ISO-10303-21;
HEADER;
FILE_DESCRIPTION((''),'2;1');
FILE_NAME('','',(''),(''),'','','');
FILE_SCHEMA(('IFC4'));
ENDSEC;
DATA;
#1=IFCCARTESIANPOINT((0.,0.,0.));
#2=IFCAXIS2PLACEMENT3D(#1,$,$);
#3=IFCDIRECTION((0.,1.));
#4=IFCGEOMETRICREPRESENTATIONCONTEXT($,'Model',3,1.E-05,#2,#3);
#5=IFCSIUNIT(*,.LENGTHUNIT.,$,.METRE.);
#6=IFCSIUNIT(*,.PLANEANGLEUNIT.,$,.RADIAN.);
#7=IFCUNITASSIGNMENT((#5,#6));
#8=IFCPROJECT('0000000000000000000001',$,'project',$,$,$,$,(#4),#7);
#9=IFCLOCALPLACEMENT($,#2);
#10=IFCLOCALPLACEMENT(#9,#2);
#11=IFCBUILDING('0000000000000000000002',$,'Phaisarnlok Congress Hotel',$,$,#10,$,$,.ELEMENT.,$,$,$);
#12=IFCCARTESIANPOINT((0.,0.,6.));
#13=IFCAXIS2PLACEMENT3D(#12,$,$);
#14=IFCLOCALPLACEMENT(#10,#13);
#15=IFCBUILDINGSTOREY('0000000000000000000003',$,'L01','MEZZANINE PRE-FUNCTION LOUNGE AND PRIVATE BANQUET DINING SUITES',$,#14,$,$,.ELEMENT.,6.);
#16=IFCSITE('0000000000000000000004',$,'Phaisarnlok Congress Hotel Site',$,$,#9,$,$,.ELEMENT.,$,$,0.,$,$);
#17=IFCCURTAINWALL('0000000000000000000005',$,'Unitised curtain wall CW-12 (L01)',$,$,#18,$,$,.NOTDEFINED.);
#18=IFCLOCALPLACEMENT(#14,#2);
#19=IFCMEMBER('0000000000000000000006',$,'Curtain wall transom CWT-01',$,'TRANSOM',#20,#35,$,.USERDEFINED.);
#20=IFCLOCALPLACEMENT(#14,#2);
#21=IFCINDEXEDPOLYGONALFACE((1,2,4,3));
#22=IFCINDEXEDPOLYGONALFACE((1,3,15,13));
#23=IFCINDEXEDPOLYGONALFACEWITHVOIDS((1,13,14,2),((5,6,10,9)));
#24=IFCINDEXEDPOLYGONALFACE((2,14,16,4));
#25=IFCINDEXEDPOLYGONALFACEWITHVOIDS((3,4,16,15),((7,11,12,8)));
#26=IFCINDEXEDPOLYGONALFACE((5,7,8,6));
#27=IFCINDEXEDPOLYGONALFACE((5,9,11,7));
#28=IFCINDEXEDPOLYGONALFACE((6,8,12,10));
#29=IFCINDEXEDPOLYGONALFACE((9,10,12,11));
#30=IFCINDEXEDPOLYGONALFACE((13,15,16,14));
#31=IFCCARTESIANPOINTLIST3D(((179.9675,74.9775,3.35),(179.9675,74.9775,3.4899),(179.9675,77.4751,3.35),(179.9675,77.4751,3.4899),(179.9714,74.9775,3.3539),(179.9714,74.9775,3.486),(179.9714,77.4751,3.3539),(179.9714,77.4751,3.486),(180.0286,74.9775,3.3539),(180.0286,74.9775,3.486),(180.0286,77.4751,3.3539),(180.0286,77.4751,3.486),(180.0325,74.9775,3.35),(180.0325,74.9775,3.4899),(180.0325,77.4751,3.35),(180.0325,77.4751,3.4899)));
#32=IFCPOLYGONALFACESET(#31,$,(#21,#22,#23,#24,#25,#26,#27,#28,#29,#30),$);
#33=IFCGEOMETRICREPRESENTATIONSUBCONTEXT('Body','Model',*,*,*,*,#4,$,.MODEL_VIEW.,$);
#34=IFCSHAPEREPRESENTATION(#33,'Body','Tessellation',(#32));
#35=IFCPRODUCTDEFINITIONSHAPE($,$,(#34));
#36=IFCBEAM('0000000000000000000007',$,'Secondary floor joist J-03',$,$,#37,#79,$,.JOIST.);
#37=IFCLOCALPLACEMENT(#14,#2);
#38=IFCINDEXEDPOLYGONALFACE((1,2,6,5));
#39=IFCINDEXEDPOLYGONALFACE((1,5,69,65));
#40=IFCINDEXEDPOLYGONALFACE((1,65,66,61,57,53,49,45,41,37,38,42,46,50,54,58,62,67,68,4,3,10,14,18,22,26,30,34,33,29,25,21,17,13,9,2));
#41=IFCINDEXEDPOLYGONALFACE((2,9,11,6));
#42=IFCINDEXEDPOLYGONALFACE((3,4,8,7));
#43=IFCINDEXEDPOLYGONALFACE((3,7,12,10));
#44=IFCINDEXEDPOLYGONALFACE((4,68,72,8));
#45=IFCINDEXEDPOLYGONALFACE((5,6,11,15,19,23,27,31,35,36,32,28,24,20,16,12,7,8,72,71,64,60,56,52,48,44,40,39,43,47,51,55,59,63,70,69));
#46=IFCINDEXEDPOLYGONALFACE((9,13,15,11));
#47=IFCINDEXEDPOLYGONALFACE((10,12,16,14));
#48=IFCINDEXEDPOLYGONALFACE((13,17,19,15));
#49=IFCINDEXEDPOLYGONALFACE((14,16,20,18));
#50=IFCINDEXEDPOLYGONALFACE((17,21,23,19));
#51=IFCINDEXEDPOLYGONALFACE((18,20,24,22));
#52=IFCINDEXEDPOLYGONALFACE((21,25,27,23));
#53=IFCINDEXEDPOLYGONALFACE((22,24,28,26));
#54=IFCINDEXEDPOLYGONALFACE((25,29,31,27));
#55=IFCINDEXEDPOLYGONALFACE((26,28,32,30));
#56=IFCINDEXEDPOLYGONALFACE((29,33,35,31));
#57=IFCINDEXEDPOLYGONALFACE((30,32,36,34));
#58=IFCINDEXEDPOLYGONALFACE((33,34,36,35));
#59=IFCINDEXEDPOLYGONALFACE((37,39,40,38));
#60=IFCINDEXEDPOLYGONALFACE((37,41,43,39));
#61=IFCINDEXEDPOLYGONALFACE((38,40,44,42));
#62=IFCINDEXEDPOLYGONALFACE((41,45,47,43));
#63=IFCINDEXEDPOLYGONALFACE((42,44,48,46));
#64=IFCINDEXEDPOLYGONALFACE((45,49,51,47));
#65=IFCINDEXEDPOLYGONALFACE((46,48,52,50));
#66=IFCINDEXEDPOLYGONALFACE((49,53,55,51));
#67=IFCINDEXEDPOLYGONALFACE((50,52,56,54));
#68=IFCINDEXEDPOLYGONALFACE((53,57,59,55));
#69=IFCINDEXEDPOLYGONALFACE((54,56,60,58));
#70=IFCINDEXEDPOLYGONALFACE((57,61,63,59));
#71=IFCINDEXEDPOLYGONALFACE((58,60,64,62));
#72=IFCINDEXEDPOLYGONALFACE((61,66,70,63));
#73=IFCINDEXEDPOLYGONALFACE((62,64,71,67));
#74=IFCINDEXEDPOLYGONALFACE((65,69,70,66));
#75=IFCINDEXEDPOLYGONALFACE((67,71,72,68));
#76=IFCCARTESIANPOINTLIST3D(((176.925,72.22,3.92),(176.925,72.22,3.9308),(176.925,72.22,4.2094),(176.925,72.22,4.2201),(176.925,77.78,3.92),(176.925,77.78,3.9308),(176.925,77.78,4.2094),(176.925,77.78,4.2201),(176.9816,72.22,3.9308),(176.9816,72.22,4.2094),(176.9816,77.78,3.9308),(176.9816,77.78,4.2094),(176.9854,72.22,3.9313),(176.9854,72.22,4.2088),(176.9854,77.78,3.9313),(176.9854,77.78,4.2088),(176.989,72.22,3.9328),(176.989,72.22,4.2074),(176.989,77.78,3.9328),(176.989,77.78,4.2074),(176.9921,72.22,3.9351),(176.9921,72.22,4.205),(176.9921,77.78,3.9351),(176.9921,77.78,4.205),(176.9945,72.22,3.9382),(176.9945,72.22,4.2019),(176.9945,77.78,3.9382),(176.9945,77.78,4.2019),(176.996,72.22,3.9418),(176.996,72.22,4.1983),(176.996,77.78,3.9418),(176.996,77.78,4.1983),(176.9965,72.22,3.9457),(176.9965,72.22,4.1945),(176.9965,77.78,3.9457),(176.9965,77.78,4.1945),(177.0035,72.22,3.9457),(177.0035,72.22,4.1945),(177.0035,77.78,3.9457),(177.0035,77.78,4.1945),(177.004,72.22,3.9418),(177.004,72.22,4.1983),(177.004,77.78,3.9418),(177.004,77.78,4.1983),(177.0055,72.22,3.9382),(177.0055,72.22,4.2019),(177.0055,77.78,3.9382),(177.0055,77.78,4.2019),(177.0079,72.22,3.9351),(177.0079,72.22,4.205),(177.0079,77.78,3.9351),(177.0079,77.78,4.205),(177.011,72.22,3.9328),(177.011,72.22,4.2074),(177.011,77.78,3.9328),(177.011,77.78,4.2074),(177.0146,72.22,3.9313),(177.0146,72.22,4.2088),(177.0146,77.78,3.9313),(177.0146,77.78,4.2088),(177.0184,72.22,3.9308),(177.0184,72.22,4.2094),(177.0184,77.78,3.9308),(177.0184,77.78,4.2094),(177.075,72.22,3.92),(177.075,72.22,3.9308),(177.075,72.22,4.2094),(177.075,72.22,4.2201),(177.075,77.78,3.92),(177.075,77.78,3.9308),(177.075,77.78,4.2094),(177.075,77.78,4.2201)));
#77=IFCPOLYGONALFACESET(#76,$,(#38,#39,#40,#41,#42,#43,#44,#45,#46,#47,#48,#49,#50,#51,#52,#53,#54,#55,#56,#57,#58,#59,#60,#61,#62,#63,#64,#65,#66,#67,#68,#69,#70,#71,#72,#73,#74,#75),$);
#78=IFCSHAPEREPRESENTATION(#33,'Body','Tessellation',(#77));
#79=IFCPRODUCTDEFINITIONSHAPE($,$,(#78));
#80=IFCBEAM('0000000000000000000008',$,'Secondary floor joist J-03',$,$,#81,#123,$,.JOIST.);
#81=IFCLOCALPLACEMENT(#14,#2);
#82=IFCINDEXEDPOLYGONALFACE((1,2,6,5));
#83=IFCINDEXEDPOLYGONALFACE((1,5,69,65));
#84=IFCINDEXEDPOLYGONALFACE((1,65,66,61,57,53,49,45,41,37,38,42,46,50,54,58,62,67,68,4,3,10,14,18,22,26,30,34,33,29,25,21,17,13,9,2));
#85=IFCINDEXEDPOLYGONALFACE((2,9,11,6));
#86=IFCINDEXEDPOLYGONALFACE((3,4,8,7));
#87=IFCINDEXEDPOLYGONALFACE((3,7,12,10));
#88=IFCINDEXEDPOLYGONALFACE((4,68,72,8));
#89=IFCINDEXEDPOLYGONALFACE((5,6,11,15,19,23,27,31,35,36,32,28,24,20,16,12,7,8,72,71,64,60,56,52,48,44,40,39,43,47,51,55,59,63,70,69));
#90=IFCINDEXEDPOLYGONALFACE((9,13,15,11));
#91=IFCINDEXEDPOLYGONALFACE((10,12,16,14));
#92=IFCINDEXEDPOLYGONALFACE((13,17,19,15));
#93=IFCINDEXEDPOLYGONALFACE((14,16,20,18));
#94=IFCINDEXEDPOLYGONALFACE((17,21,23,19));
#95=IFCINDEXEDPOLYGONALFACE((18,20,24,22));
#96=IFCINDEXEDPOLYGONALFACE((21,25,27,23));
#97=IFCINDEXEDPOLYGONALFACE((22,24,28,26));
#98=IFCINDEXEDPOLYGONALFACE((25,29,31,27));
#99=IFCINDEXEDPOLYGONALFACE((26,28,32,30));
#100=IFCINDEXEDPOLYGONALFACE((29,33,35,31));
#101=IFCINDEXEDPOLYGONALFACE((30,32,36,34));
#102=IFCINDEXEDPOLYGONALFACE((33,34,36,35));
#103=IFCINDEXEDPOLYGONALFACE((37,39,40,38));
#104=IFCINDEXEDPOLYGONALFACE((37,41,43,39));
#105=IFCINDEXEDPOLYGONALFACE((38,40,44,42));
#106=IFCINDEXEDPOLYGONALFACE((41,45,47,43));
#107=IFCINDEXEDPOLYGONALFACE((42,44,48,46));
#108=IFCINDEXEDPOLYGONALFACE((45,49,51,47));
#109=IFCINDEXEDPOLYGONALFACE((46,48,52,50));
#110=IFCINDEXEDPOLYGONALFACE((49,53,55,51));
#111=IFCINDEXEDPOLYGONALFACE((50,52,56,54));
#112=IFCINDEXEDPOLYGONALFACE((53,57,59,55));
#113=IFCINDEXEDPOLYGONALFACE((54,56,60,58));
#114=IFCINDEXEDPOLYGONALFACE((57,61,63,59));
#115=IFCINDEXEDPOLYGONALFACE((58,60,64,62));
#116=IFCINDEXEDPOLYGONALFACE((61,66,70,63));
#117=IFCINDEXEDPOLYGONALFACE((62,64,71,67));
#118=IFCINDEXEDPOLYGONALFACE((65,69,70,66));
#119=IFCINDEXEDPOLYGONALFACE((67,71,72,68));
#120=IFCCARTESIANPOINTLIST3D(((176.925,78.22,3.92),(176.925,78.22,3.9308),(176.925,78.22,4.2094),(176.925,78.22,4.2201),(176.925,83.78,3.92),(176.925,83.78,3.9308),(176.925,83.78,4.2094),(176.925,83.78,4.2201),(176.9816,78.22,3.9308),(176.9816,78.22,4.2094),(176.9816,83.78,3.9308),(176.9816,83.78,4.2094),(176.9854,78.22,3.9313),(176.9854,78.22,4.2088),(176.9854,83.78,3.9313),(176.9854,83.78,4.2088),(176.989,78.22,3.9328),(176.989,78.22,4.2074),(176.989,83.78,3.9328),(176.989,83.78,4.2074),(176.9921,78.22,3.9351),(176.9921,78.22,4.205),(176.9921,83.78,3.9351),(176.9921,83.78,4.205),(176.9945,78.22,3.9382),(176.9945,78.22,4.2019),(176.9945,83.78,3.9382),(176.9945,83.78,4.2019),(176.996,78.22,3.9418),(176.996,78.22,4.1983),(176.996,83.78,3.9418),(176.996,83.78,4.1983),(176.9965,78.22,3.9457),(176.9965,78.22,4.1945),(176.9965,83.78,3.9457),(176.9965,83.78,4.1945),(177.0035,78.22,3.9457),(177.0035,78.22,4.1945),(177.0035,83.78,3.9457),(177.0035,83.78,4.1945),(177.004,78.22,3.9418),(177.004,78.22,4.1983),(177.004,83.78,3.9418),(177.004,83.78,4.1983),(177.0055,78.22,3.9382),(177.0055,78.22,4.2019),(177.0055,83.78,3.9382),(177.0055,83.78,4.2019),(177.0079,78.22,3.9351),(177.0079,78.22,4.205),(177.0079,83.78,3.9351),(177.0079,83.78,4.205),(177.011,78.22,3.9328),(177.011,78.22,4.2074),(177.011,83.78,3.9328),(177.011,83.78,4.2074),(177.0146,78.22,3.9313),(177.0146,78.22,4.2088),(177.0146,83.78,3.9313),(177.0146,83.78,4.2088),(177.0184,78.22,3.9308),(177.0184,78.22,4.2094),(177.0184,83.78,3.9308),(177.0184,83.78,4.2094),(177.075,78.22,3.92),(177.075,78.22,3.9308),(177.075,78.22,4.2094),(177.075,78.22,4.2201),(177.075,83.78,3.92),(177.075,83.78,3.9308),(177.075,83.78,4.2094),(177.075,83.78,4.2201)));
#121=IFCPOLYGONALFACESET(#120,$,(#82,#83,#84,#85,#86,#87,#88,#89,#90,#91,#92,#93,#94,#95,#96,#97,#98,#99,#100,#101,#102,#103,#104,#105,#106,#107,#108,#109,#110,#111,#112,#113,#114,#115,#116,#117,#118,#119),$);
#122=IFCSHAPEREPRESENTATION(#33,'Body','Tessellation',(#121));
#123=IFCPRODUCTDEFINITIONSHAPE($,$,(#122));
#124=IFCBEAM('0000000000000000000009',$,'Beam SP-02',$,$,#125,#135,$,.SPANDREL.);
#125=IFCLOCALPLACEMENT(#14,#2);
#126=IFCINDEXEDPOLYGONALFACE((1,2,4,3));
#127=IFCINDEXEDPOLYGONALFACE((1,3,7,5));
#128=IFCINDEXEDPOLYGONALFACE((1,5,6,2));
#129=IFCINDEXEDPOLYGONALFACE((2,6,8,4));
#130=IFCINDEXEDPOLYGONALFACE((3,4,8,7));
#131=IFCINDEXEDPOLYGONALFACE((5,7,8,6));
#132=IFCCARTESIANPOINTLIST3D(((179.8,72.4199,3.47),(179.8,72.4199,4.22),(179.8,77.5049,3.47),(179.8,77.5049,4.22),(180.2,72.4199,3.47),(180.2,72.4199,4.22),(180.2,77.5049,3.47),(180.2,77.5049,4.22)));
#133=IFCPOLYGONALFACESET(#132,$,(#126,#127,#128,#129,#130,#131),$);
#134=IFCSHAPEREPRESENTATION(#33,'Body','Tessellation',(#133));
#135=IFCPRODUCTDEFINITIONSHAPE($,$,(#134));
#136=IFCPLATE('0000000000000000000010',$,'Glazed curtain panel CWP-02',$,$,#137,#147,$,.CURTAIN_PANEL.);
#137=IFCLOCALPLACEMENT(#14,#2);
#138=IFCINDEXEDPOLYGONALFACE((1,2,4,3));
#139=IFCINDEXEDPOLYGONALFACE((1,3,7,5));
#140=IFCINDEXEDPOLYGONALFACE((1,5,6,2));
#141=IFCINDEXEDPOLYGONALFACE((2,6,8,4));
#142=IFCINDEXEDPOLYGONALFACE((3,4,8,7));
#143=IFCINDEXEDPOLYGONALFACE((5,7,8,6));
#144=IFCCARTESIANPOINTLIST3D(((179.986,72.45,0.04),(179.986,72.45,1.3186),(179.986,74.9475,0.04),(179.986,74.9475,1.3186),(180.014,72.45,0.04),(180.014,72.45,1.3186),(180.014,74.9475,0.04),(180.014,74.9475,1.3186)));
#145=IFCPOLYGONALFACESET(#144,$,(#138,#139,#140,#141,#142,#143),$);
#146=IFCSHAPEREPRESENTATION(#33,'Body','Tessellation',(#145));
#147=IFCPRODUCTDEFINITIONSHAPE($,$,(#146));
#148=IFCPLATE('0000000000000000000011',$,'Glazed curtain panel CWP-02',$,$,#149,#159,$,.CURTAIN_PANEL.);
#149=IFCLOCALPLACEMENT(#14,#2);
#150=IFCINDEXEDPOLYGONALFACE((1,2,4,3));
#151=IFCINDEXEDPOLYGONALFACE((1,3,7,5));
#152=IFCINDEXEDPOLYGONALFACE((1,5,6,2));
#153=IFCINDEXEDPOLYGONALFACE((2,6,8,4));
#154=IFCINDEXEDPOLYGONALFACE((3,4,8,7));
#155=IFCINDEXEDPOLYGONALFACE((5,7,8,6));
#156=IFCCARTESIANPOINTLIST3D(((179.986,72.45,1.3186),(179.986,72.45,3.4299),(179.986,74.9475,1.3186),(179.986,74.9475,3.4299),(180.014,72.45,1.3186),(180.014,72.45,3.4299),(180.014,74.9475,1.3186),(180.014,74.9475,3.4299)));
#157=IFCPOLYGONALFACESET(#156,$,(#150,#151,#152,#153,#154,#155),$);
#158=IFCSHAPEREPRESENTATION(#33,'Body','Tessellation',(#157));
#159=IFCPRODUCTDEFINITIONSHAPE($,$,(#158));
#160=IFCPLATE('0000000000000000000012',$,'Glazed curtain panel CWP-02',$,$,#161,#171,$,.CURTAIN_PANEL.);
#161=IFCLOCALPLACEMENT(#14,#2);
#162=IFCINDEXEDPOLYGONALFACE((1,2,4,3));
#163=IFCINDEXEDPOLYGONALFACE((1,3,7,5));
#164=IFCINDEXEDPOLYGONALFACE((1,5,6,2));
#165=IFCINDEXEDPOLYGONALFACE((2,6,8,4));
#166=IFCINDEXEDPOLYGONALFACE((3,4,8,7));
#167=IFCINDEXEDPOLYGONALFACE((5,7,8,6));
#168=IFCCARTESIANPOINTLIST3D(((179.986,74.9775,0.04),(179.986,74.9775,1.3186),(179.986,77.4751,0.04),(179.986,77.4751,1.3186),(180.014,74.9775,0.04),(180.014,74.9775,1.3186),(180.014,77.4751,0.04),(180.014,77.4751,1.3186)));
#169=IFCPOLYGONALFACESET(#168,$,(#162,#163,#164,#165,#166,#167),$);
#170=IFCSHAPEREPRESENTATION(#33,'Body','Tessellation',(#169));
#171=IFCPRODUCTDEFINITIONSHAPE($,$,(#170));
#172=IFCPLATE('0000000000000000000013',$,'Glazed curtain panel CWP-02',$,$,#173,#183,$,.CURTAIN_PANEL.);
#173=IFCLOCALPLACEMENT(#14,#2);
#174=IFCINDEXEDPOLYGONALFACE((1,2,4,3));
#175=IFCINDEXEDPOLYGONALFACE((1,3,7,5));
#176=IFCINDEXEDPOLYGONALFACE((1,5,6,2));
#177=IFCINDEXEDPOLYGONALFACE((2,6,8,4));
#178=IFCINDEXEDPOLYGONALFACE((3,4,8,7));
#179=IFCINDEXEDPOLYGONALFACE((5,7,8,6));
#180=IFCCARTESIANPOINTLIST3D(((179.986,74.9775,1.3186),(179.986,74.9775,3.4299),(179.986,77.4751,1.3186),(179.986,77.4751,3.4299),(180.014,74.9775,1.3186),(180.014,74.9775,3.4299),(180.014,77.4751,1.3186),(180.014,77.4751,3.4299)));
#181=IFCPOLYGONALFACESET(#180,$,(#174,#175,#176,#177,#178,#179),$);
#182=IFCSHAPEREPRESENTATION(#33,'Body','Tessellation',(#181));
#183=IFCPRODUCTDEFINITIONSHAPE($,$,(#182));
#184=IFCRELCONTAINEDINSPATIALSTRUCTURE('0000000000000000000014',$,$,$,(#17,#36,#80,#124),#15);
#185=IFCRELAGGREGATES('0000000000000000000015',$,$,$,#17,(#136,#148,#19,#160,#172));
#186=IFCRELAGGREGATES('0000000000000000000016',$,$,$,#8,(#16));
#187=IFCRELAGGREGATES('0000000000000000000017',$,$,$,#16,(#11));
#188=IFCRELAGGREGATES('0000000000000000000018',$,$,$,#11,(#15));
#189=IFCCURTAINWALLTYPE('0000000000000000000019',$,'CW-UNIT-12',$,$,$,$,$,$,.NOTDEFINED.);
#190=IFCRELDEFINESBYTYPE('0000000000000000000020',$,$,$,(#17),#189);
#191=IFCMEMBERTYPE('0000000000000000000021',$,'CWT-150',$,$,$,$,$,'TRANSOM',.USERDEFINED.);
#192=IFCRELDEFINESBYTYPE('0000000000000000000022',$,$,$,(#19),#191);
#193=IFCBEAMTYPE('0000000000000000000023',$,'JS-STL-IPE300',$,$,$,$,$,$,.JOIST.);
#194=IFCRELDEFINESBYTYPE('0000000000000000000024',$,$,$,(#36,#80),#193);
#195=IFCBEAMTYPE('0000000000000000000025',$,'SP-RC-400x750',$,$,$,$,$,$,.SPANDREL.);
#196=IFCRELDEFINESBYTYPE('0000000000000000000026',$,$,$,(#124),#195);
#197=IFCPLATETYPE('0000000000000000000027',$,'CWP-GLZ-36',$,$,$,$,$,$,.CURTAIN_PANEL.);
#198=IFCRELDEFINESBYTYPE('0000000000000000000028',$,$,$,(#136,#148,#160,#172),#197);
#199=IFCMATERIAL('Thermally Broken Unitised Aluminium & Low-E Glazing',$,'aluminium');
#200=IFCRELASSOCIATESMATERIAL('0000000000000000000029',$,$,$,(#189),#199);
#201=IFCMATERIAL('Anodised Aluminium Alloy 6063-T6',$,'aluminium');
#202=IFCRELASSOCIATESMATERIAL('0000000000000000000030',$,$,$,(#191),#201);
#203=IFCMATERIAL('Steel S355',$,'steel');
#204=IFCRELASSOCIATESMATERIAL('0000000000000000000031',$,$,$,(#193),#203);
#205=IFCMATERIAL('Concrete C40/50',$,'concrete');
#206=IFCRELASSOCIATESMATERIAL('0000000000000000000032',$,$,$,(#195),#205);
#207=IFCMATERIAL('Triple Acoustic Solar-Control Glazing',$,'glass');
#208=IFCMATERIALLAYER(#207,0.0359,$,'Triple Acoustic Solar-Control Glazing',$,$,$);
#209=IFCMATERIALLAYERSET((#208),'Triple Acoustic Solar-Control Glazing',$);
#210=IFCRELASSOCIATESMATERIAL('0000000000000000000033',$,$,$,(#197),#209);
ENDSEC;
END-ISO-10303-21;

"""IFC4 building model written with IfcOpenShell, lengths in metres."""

from ifc_helpers import new_model, si_unit, direction, frame, frame_2d, origin, origin_2d, place, context, subcontext, project, spatial, rectangle, hollow_rectangle, i_section, extrude, material, layer, layer_set, material_profile, profile_set, type_object, element, aggregate, save


model = new_model("IFC4")

# Units and contexts
model_context = context("Model", 3, precision=1e-05, world=origin(), true_north=direction((0.0, 1.0)))
body_context = subcontext(model_context, "Body", "Model", "MODEL_VIEW")
ifc_project = project(units=[si_unit("LENGTHUNIT", "METRE"), si_unit("PLANEANGLEUNIT", "RADIAN")], contexts=[model_context])

# Site, building, storey
site_placement = place(None, origin())
site = spatial("IfcSite", under=ifc_project, at=site_placement, Name="Phaisarnlok Congress Hotel Site", CompositionType="ELEMENT", RefElevation=0.0)
building_placement = place(site_placement, origin())
building = spatial("IfcBuilding", under=site, at=building_placement, Name="Phaisarnlok Congress Hotel", CompositionType="ELEMENT")
storey_placement = place(building_placement, frame((0.0, 0.0, 6.0)))
storey = spatial("IfcBuildingStorey", under=building, at=storey_placement, Name="L01", Description="MEZZANINE PRE-FUNCTION LOUNGE AND PRIVATE BANQUET DINING SUITES", CompositionType="ELEMENT", Elevation=6.0)

# Shared definitions
ifc_material_1 = material(Name="Concrete C40/50", Category="concrete")
ifc_material_2 = material(Name="Steel S355", Category="steel")

# Curtain wall, member
ifc_material_3 = material(Name="Thermally Broken Unitised Aluminium & Low-E Glazing", Category="aluminium")
curtain_wall_type = type_object("IfcCurtainWallType", Name="CW-UNIT-12", PredefinedType="NOTDEFINED", material=ifc_material_3)
curtain_wall_placement = place(storey_placement, origin())
curtain_wall = element("IfcCurtainWall", 1, at=curtain_wall_placement, inside=storey, type_object=curtain_wall_type, Name="Unitised curtain wall CW-12 (L01)", PredefinedType="NOTDEFINED")
ifc_material_4 = material(Name="Anodised Aluminium Alloy 6063-T6", Category="aluminium")
ifc_material_profile_1 = material_profile(ifc_material_4, hollow_rectangle(XDim=0.0649, YDim=0.1399, WallThickness=0.0039, at=origin_2d()), Name="ALU-T 65x140x4")
ifc_profile_set_1 = profile_set([ifc_material_profile_1], Name="Anodised Aluminium Alloy 6063-T6")
member_type_1 = type_object("IfcMemberType", Name="CWT-150", ElementType="TRANSOM", PredefinedType="USERDEFINED", material=ifc_profile_set_1)
member_1_placement = place(storey_placement, frame((180.0, 74.9775, 3.4199), z_axis=(0.0, 1.0, 0.0), x_axis=(-1.0, 0.0, 0.0)))
member_1 = element("IfcMember", 2, at=member_1_placement, type_object=member_type_1, Name="Curtain wall transom CWT-01", ObjectType="TRANSOM", PredefinedType="USERDEFINED", context=body_context, shape_type="SweptSolid", body=[
    extrude(hollow_rectangle(XDim=0.0649, YDim=0.1399, WallThickness=0.0039, at=origin_2d()), origin(), (0.0, 0.0, 1.0), 2.4976),
])

# Beams
ifc_material_profile_2 = material_profile(ifc_material_2, i_section(OverallWidth=0.1499, OverallDepth=0.3, WebThickness=0.0071, FlangeThickness=0.0107, FilletRadius=0.0149, at=origin_2d()), Name="IPE 300")
ifc_profile_set_2 = profile_set([ifc_material_profile_2], Name="Steel S355")
beam_type_1 = type_object("IfcBeamType", Name="JS-STL-IPE300", PredefinedType="JOIST", material=ifc_profile_set_2)
for number, where, z_axis, x_axis, name in (
    (3, (177.0, 72.22, 4.0701), (0.0, 1.0, 0.0), (-1.0, 0.0, 0.0), "Secondary floor joist J-03"),
    (4, (177.0, 78.22, 4.0701), (0.0, 1.0, 0.0), (-1.0, 0.0, 0.0), "Secondary floor joist J-03"),
):
    element("IfcBeam", number, at=place(storey_placement, frame(where, z_axis=z_axis, x_axis=x_axis)), inside=storey, type_object=beam_type_1, Name=name, PredefinedType="JOIST", context=body_context, shape_type="SweptSolid", body=[
        extrude(i_section(OverallWidth=0.1499, OverallDepth=0.3, WebThickness=0.0071, FlangeThickness=0.0107, FilletRadius=0.0149, at=origin_2d()), origin(), (0.0, 0.0, 1.0), 5.5601),
    ])
ifc_material_profile_3 = material_profile(ifc_material_1, rectangle(XDim=0.3999, YDim=0.75, at=origin_2d()), Name="RC 400x750")
ifc_profile_set_3 = profile_set([ifc_material_profile_3], Name="Concrete C40/50")
beam_type_2 = type_object("IfcBeamType", Name="SP-RC-400x750", PredefinedType="SPANDREL", material=ifc_profile_set_3)
beam_1_placement = place(storey_placement, frame((180.0, 72.4199, 3.845), z_axis=(0.0, 1.0, 0.0), x_axis=(-1.0, 0.0, 0.0)))
element("IfcBeam", 5, at=beam_1_placement, inside=storey, type_object=beam_type_2, Name="Beam SP-02", PredefinedType="SPANDREL", context=body_context, shape_type="SweptSolid", body=[
    extrude(rectangle(XDim=0.3999, YDim=0.75, at=origin_2d()), origin(), (0.0, 0.0, 1.0), 5.085),
])

# Plates
ifc_material_5 = material(Name="Triple Acoustic Solar-Control Glazing", Category="glass")
ifc_layer_1 = layer(ifc_material_5, 0.0359, Name="Triple Acoustic Solar-Control Glazing")
ifc_layer_set_1 = layer_set([ifc_layer_1], Name="Triple Acoustic Solar-Control Glazing")
plate_type = type_object("IfcPlateType", Name="CWP-GLZ-36", PredefinedType="CURTAIN_PANEL", material=ifc_layer_set_1)
plate_1_placement = place(storey_placement, frame((180.0, 72.45, 0.04), z_axis=(0.0, 0.0, 1.0), x_axis=(0.0, 1.0, 0.0)))
plate_1 = element("IfcPlate", 6, at=plate_1_placement, type_object=plate_type, Name="Glazed curtain panel CWP-02", PredefinedType="CURTAIN_PANEL", context=body_context, shape_type="SweptSolid", body=[
    extrude(rectangle(XDim=2.4976, YDim=0.0281, at=frame_2d((1.2488, 0.0))), origin(), (0.0, 0.0, 1.0), 1.2786),
])
plate_2_placement = place(storey_placement, frame((180.0, 72.45, 1.3186), z_axis=(0.0, 0.0, 1.0), x_axis=(0.0, 1.0, 0.0)))
plate_2 = element("IfcPlate", 7, at=plate_2_placement, type_object=plate_type, Name="Glazed curtain panel CWP-02", PredefinedType="CURTAIN_PANEL", context=body_context, shape_type="SweptSolid", body=[
    extrude(rectangle(XDim=2.4976, YDim=0.0281, at=frame_2d((1.2488, 0.0))), origin(), (0.0, 0.0, 1.0), 2.1113),
])
plate_3_placement = place(storey_placement, frame((180.0, 74.9775, 0.04), z_axis=(0.0, 0.0, 1.0), x_axis=(0.0, 1.0, 0.0)))
plate_3 = element("IfcPlate", 8, at=plate_3_placement, type_object=plate_type, Name="Glazed curtain panel CWP-02", PredefinedType="CURTAIN_PANEL", context=body_context, shape_type="SweptSolid", body=[
    extrude(rectangle(XDim=2.4976, YDim=0.0281, at=frame_2d((1.2488, 0.0))), origin(), (0.0, 0.0, 1.0), 1.2786),
])
plate_4_placement = place(storey_placement, frame((180.0, 74.9775, 1.3186), z_axis=(0.0, 0.0, 1.0), x_axis=(0.0, 1.0, 0.0)))
plate_4 = element("IfcPlate", 9, at=plate_4_placement, type_object=plate_type, Name="Glazed curtain panel CWP-02", PredefinedType="CURTAIN_PANEL", context=body_context, shape_type="SweptSolid", body=[
    extrude(rectangle(XDim=2.4976, YDim=0.0281, at=frame_2d((1.2488, 0.0))), origin(), (0.0, 0.0, 1.0), 2.1113),
])
aggregate(curtain_wall, [plate_1, plate_2, member_1, plate_3, plate_4])

save(model, "model.ifc")
